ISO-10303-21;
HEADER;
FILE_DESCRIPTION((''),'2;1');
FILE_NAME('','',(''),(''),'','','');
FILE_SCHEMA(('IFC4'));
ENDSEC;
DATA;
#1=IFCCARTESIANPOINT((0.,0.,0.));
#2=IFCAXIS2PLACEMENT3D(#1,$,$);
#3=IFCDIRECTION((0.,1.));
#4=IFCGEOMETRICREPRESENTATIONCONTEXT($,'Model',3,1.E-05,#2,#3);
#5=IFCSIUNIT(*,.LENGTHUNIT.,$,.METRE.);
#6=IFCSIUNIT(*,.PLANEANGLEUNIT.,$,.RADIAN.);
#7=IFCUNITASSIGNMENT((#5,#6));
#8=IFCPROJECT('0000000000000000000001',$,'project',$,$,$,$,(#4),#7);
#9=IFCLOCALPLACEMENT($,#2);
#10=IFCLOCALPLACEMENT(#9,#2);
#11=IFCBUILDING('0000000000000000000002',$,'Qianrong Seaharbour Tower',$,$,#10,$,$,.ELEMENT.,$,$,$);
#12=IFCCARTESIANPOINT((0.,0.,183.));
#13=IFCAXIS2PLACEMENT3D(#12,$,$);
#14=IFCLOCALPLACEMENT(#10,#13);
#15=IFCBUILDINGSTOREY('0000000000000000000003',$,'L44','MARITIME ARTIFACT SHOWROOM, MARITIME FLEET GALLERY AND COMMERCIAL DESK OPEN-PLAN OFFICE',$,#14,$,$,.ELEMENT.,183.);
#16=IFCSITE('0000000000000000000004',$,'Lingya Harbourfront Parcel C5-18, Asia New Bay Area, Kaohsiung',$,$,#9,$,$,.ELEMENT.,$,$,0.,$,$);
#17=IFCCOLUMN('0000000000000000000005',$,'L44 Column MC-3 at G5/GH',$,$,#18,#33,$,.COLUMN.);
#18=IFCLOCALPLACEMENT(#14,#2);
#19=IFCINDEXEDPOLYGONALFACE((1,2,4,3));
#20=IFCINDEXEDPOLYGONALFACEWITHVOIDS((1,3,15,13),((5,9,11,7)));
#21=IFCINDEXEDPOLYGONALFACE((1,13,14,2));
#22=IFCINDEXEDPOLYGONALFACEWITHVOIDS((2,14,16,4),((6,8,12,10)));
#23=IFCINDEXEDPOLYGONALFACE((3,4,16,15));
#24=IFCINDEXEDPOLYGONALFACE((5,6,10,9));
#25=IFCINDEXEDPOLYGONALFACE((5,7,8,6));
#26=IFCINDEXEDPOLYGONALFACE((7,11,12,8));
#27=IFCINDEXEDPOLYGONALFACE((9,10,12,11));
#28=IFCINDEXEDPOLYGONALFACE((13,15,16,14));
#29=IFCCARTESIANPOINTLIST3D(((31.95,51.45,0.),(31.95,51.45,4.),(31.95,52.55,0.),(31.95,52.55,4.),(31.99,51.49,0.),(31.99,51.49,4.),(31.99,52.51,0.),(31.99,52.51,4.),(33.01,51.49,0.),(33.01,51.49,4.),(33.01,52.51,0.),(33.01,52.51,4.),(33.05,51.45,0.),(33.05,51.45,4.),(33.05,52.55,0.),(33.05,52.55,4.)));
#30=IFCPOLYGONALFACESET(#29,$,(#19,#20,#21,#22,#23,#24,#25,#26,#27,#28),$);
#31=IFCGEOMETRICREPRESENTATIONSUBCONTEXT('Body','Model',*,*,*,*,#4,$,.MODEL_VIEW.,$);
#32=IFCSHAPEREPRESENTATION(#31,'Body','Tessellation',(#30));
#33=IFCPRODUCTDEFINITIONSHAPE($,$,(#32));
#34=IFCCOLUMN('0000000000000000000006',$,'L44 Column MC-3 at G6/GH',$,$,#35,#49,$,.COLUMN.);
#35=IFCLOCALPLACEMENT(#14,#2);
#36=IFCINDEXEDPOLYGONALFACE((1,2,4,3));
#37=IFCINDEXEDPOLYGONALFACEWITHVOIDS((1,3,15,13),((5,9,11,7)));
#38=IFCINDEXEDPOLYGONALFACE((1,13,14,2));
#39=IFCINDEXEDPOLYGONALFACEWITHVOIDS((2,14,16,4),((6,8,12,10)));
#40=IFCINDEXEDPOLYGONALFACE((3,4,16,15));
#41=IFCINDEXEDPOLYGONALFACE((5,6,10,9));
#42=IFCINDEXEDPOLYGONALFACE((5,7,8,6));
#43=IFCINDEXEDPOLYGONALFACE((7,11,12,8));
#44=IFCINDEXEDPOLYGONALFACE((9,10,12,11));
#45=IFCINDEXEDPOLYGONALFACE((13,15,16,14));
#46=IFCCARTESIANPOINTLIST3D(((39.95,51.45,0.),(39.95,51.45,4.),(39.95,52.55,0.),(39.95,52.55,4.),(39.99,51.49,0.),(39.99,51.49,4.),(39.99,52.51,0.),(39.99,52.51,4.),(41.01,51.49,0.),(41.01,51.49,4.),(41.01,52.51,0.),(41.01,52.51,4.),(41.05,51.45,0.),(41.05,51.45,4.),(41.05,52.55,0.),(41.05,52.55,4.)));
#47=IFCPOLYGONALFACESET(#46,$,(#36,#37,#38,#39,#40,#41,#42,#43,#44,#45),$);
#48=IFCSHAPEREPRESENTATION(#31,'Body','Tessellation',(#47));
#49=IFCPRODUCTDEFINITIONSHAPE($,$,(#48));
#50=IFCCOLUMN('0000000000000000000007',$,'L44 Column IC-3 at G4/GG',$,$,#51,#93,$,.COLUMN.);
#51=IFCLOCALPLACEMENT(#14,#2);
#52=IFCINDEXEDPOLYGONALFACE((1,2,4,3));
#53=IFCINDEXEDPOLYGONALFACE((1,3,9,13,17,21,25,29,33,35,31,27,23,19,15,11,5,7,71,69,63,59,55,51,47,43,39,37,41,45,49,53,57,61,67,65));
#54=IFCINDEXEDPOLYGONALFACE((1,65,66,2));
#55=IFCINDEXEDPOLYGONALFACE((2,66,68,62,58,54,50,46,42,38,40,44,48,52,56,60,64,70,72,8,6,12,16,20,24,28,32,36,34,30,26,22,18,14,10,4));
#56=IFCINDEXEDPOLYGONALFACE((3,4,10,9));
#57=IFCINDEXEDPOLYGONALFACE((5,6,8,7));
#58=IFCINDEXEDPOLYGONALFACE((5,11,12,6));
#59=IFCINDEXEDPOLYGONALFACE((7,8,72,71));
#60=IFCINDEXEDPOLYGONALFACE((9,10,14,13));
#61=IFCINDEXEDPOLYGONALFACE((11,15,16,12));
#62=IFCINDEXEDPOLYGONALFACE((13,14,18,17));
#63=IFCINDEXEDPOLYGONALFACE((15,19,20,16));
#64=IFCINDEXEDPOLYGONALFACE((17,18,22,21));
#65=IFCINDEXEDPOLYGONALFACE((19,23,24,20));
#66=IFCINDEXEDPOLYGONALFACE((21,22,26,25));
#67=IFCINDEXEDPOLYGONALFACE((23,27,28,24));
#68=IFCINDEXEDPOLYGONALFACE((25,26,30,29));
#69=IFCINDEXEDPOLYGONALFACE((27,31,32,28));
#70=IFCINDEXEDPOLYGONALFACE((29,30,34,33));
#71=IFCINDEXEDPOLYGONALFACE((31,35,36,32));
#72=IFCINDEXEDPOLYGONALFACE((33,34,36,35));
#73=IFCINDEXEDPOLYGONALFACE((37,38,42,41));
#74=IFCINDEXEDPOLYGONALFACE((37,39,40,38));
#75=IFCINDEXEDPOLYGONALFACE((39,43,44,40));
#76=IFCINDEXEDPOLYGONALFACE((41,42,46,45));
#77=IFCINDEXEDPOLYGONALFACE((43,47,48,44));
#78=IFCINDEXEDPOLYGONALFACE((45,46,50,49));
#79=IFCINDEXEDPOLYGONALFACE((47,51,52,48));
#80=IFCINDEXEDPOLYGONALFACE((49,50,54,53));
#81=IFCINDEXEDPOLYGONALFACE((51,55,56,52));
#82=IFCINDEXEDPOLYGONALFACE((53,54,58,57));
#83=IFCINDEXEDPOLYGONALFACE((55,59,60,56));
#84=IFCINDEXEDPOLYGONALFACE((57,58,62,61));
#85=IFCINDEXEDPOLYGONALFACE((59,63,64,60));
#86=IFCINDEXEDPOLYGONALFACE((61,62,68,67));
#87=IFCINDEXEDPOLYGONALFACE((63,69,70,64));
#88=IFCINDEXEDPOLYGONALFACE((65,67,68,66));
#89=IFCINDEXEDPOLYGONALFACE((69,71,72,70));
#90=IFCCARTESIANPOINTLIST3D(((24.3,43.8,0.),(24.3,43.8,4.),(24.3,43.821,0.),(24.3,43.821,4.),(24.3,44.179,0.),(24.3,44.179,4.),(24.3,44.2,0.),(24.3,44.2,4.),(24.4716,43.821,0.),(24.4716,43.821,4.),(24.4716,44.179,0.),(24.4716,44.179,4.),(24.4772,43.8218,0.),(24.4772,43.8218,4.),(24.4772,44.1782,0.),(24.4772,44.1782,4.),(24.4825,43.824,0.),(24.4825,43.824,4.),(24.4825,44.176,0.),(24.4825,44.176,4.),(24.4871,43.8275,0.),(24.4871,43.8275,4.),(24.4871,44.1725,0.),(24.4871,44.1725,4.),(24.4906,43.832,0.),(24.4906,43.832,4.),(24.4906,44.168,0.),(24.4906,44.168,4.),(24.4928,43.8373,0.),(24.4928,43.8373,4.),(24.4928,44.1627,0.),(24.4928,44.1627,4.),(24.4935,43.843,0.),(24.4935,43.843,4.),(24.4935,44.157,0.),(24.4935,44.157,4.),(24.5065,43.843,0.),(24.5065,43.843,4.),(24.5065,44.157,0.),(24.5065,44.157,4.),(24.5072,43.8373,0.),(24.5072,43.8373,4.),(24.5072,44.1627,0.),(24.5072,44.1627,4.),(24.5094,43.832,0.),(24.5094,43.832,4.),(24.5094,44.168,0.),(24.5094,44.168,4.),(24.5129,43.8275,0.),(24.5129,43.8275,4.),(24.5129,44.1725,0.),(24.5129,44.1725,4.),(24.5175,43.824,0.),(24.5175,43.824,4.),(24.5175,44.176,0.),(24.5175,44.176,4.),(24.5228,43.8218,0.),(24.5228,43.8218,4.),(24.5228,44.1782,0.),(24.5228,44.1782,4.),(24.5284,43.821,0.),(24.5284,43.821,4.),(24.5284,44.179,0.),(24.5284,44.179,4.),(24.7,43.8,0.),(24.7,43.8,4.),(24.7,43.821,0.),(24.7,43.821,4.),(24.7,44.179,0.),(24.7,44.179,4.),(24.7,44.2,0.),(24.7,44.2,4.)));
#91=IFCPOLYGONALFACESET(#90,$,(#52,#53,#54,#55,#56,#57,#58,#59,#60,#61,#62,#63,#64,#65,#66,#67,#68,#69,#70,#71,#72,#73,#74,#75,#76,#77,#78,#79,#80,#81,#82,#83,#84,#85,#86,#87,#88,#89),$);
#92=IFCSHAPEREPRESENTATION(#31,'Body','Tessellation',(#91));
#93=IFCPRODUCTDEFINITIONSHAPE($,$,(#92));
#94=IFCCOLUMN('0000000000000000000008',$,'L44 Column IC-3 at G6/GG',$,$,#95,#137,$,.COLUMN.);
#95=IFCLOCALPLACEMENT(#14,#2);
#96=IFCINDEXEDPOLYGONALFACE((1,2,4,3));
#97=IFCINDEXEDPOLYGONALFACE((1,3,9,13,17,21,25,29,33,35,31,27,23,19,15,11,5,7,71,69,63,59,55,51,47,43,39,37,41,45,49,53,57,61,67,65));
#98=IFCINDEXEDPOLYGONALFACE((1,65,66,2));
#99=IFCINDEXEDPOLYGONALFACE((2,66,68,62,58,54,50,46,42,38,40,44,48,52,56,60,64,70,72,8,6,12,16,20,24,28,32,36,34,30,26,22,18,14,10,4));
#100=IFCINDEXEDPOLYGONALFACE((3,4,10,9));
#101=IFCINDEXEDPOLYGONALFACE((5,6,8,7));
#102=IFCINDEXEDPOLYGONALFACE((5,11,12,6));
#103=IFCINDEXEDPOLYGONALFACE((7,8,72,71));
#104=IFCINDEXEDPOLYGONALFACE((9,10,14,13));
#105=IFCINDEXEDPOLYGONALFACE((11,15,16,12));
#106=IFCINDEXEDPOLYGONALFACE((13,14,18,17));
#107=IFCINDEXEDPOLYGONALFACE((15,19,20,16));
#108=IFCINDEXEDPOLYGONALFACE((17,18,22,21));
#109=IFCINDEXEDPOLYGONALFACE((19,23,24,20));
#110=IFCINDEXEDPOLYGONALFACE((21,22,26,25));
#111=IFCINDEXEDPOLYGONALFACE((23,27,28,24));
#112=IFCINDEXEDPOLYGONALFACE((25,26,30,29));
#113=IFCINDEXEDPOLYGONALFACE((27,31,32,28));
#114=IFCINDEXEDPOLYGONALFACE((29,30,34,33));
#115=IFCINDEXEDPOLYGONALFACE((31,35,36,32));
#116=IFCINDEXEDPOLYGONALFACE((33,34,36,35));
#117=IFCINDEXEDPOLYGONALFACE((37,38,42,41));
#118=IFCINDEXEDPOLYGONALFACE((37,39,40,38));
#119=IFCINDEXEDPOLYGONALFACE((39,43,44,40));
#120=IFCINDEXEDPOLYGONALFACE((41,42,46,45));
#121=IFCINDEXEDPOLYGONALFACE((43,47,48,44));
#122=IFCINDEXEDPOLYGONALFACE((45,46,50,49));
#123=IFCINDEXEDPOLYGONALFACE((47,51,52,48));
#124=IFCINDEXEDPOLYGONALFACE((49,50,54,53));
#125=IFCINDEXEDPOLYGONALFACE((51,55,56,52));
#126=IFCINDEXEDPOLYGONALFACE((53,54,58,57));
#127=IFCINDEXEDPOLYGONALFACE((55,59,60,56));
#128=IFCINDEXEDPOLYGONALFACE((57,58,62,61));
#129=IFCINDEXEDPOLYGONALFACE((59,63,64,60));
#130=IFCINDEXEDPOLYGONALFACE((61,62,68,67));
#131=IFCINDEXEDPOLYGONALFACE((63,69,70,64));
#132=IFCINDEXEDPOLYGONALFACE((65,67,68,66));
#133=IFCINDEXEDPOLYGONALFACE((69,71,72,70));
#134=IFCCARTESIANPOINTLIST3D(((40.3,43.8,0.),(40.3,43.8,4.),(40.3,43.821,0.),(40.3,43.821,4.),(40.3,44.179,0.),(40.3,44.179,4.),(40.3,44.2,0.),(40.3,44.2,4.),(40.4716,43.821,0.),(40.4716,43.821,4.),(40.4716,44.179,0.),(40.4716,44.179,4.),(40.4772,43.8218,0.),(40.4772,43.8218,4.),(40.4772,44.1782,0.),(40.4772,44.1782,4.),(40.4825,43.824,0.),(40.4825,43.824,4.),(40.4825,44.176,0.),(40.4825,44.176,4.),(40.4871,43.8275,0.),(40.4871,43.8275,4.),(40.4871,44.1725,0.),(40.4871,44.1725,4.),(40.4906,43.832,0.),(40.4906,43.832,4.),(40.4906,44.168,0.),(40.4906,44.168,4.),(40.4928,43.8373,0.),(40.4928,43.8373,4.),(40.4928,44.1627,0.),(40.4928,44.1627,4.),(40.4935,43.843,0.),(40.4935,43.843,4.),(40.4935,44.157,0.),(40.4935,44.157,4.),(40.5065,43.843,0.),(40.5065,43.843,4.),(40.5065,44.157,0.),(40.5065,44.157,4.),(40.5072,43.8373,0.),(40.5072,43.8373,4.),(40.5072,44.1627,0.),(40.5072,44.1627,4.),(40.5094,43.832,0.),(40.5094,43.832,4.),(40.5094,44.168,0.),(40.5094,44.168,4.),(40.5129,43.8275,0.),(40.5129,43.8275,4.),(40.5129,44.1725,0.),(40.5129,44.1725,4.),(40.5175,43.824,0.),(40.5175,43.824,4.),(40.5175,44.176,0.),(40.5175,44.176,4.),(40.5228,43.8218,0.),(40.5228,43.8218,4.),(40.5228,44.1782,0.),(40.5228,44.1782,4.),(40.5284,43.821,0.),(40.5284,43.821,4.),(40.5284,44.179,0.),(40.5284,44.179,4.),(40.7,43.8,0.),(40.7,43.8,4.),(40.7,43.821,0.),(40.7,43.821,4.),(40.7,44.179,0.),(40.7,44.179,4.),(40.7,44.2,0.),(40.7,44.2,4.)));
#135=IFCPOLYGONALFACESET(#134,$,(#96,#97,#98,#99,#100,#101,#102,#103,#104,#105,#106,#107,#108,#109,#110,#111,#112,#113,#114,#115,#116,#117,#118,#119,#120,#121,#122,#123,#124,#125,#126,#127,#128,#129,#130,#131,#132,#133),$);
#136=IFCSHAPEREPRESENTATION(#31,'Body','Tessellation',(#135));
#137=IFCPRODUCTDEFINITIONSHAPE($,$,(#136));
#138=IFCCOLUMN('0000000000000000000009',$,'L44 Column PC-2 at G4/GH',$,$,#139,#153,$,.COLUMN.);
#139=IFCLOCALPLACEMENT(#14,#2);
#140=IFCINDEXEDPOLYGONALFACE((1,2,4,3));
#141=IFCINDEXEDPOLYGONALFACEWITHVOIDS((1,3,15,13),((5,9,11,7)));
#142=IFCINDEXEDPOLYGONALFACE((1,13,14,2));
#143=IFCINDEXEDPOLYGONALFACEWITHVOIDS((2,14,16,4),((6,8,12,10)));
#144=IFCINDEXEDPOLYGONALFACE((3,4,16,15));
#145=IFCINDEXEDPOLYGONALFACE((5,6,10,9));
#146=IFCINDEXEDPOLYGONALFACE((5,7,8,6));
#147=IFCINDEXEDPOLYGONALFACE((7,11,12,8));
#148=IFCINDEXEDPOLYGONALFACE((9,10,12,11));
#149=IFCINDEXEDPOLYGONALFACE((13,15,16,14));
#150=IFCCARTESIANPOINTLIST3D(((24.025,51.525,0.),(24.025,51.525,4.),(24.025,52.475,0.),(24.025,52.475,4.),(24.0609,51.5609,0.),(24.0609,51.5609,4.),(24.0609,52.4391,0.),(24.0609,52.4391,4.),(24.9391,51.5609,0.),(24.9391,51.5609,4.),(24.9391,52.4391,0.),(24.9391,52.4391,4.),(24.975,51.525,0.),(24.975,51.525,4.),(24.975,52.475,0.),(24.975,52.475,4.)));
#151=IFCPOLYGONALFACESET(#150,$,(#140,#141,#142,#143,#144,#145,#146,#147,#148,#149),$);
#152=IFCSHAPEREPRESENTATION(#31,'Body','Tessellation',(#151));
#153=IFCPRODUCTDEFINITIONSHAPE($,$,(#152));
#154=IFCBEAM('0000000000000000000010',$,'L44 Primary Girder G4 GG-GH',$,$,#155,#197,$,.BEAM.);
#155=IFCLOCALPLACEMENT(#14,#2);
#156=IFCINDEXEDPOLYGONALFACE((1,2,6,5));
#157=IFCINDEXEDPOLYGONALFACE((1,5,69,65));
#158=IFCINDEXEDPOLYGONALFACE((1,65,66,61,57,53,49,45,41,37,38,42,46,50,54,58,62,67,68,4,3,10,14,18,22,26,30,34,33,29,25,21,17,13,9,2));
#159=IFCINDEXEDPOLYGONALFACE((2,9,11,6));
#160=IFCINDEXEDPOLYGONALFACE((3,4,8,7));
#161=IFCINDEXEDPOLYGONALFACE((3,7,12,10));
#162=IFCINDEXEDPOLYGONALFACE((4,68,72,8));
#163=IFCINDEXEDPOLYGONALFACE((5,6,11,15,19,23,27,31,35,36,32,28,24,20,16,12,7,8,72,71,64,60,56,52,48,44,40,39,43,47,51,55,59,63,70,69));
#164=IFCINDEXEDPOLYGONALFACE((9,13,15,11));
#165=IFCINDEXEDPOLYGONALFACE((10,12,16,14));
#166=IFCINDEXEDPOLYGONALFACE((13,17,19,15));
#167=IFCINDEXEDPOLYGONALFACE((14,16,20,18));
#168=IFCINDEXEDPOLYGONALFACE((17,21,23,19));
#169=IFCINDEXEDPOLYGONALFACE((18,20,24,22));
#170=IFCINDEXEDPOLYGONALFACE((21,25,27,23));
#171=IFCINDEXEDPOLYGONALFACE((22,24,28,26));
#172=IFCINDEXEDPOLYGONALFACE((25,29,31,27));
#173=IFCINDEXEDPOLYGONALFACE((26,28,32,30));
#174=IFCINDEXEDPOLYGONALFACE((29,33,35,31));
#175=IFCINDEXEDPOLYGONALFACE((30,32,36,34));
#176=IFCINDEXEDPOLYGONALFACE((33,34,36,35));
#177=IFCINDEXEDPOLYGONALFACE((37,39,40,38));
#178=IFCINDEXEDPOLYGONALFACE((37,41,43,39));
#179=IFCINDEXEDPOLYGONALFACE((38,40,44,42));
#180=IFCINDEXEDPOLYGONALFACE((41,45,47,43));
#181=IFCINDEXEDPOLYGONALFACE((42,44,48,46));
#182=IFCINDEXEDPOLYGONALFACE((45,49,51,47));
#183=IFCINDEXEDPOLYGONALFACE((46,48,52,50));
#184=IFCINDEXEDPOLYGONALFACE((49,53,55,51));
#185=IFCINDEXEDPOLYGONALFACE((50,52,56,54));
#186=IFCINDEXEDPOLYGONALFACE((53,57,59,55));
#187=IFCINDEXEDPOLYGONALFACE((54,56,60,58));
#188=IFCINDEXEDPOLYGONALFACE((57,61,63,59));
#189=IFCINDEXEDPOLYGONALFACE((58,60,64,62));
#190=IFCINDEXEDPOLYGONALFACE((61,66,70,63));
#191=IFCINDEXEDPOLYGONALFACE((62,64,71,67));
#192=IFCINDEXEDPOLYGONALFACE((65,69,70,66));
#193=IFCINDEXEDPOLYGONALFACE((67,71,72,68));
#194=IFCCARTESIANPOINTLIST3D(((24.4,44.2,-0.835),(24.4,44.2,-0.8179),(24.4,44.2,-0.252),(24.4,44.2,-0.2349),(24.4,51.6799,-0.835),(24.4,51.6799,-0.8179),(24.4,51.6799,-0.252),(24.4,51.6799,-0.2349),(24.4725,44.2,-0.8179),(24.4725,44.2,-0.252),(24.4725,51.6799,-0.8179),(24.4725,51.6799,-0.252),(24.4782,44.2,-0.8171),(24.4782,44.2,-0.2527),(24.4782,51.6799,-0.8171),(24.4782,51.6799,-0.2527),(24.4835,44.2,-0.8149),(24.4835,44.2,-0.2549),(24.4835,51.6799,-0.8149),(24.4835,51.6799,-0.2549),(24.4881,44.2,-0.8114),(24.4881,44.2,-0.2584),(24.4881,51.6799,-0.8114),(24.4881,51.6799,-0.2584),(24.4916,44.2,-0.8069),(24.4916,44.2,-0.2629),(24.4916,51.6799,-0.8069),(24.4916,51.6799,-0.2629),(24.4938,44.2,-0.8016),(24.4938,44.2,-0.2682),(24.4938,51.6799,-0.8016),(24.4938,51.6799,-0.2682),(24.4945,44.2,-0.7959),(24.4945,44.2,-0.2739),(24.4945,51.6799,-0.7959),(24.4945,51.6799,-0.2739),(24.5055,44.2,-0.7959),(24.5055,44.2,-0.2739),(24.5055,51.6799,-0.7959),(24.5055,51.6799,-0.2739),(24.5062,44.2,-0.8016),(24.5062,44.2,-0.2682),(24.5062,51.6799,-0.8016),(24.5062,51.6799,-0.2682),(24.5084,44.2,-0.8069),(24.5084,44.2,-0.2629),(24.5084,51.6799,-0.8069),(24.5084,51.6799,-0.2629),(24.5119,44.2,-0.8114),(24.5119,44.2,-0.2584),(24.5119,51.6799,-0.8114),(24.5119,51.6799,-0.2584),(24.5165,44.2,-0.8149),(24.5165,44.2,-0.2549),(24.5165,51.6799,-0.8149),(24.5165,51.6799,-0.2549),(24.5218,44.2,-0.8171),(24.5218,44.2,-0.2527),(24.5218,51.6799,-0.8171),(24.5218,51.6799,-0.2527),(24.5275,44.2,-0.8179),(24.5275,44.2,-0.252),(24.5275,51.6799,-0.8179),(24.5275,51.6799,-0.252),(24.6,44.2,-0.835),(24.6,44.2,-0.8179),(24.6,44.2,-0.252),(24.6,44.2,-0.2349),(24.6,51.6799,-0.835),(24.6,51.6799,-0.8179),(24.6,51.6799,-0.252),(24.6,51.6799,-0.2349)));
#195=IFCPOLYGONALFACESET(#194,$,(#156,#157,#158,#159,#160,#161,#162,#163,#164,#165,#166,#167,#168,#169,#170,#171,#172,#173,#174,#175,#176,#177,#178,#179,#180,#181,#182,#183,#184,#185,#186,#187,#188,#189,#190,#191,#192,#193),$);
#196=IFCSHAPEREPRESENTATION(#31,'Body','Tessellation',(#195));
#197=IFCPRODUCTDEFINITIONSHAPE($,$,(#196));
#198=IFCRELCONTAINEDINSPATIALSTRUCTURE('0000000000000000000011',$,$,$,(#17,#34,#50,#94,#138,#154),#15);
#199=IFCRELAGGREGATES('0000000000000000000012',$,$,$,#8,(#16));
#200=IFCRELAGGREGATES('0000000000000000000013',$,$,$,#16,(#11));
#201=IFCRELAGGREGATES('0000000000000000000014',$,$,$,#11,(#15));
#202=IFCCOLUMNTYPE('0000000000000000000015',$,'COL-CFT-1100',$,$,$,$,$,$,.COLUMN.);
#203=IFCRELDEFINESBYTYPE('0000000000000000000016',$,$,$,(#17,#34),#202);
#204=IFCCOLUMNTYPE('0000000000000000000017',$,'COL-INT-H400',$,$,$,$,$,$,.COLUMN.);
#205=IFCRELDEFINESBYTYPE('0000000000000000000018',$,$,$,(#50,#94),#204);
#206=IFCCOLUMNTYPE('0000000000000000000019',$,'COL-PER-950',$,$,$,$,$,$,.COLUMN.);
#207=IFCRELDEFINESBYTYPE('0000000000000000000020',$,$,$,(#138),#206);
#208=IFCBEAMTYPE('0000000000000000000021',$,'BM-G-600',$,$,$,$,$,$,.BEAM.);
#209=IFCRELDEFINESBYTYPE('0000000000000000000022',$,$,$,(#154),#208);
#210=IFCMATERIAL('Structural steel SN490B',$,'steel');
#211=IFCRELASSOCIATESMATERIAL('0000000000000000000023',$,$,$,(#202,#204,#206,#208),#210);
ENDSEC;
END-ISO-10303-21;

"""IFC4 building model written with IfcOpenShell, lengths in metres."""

from ifc_helpers import new_model, si_unit, direction, frame, origin, origin_2d, place, context, subcontext, project, spatial, hollow_rectangle, i_section, extrude, material, material_profile, profile_set, type_object, element, save


model = new_model("IFC4")

# Units and contexts
model_context = context("Model", 3, precision=1e-05, world=origin(), true_north=direction((0.0, 1.0)))
body_context = subcontext(model_context, "Body", "Model", "MODEL_VIEW")
ifc_project = project(units=[si_unit("LENGTHUNIT", "METRE"), si_unit("PLANEANGLEUNIT", "RADIAN")], contexts=[model_context])

# Site, building, storey
site_placement = place(None, origin())
site = spatial("IfcSite", under=ifc_project, at=site_placement, Name="Lingya Harbourfront Parcel C5-18, Asia New Bay Area, Kaohsiung", CompositionType="ELEMENT", RefElevation=0.0)
building_placement = place(site_placement, origin())
building = spatial("IfcBuilding", under=site, at=building_placement, Name="Qianrong Seaharbour Tower", CompositionType="ELEMENT")
storey_placement = place(building_placement, frame((0.0, 0.0, 183.0)))
storey = spatial("IfcBuildingStorey", under=building, at=storey_placement, Name="L44", Description="MARITIME ARTIFACT SHOWROOM, MARITIME FLEET GALLERY AND COMMERCIAL DESK OPEN-PLAN OFFICE", CompositionType="ELEMENT", Elevation=183.0)

# Columns
ifc_material_1 = material(Name="Structural steel SN490B", Category="steel")
ifc_material_profile_1 = material_profile(ifc_material_1, hollow_rectangle(XDim=1.1001, YDim=1.1001, WallThickness=0.04, at=origin_2d()), Name="BOX1100x1100x40")
ifc_profile_set_1 = profile_set([ifc_material_profile_1], Name="Structural steel SN490B")
column_type_1 = type_object("IfcColumnType", Name="COL-CFT-1100", PredefinedType="COLUMN", material=ifc_profile_set_1)
for number, where, z_axis, x_axis, name in (
    (1, (32.5, 52.0, 0.0), (0.0, 0.0, 1.0), (1.0, 0.0, 0.0), "L44 Column MC-3 at G5/GH"),
    (2, (40.5, 52.0, 0.0), (0.0, 0.0, 1.0), (1.0, 0.0, 0.0), "L44 Column MC-3 at G6/GH"),
):
    element("IfcColumn", number, at=place(storey_placement, frame(where, z_axis=z_axis, x_axis=x_axis)), inside=storey, type_object=column_type_1, Name=name, PredefinedType="COLUMN", context=body_context, shape_type="SweptSolid", body=[
        extrude(hollow_rectangle(XDim=1.1001, YDim=1.1001, WallThickness=0.04, at=origin_2d()), origin(), (0.0, 0.0, 1.0), 4.0),
    ])
ifc_material_profile_2 = material_profile(ifc_material_1, i_section(OverallWidth=0.3999, OverallDepth=0.3999, WebThickness=0.0129, FlangeThickness=0.021, FilletRadius=0.022, at=origin_2d()), Name="H400x400x13x21")
ifc_profile_set_2 = profile_set([ifc_material_profile_2], Name="Structural steel SN490B")
column_type_2 = type_object("IfcColumnType", Name="COL-INT-H400", PredefinedType="COLUMN", material=ifc_profile_set_2)
for number, where, z_axis, x_axis, name in (
    (3, (24.5, 44.0, 0.0), (0.0, 0.0, 1.0), (1.0, 0.0, 0.0), "L44 Column IC-3 at G4/GG"),
    (4, (40.5, 44.0, 0.0), (0.0, 0.0, 1.0), (1.0, 0.0, 0.0), "L44 Column IC-3 at G6/GG"),
):
    element("IfcColumn", number, at=place(storey_placement, frame(where, z_axis=z_axis, x_axis=x_axis)), inside=storey, type_object=column_type_2, Name=name, PredefinedType="COLUMN", context=body_context, shape_type="SweptSolid", body=[
        extrude(i_section(OverallWidth=0.3999, OverallDepth=0.3999, WebThickness=0.0129, FlangeThickness=0.021, FilletRadius=0.022, at=origin_2d()), origin(), (0.0, 0.0, 1.0), 4.0),
    ])
ifc_material_profile_3 = material_profile(ifc_material_1, hollow_rectangle(XDim=0.95, YDim=0.95, WallThickness=0.0359, at=origin_2d()), Name="BOX950x950x36")
ifc_profile_set_3 = profile_set([ifc_material_profile_3], Name="Structural steel SN490B")
column_type_3 = type_object("IfcColumnType", Name="COL-PER-950", PredefinedType="COLUMN", material=ifc_profile_set_3)
column_placement = place(storey_placement, frame((24.5, 52.0, 0.0), z_axis=(0.0, 0.0, 1.0), x_axis=(1.0, 0.0, 0.0)))
element("IfcColumn", 5, at=column_placement, inside=storey, type_object=column_type_3, Name="L44 Column PC-2 at G4/GH", PredefinedType="COLUMN", context=body_context, shape_type="SweptSolid", body=[
    extrude(hollow_rectangle(XDim=0.95, YDim=0.95, WallThickness=0.0359, at=origin_2d()), origin(), (0.0, 0.0, 1.0), 4.0),
])

# Beam
ifc_material_profile_4 = material_profile(ifc_material_1, i_section(OverallWidth=0.2, OverallDepth=0.6001, WebThickness=0.011, FlangeThickness=0.0171, FilletRadius=0.022, at=origin_2d()), Name="H600x200x11x17")
ifc_profile_set_4 = profile_set([ifc_material_profile_4], Name="Structural steel SN490B")
beam_type_1 = type_object("IfcBeamType", Name="BM-G-600", PredefinedType="BEAM", material=ifc_profile_set_4)
beam_placement = place(storey_placement, frame((24.5, 44.2, -0.5349), z_axis=(0.0, 1.0, 0.0), x_axis=(-1.0, 0.0, 0.0)))
element("IfcBeam", 6, at=beam_placement, inside=storey, type_object=beam_type_1, Name="L44 Primary Girder G4 GG-GH", PredefinedType="BEAM", context=body_context, shape_type="SweptSolid", body=[
    extrude(i_section(OverallWidth=0.2, OverallDepth=0.6001, WebThickness=0.011, FlangeThickness=0.0171, FilletRadius=0.022, at=origin_2d()), origin(), (0.0, 0.0, 1.0), 7.48),
])

save(model, "model.ifc")
